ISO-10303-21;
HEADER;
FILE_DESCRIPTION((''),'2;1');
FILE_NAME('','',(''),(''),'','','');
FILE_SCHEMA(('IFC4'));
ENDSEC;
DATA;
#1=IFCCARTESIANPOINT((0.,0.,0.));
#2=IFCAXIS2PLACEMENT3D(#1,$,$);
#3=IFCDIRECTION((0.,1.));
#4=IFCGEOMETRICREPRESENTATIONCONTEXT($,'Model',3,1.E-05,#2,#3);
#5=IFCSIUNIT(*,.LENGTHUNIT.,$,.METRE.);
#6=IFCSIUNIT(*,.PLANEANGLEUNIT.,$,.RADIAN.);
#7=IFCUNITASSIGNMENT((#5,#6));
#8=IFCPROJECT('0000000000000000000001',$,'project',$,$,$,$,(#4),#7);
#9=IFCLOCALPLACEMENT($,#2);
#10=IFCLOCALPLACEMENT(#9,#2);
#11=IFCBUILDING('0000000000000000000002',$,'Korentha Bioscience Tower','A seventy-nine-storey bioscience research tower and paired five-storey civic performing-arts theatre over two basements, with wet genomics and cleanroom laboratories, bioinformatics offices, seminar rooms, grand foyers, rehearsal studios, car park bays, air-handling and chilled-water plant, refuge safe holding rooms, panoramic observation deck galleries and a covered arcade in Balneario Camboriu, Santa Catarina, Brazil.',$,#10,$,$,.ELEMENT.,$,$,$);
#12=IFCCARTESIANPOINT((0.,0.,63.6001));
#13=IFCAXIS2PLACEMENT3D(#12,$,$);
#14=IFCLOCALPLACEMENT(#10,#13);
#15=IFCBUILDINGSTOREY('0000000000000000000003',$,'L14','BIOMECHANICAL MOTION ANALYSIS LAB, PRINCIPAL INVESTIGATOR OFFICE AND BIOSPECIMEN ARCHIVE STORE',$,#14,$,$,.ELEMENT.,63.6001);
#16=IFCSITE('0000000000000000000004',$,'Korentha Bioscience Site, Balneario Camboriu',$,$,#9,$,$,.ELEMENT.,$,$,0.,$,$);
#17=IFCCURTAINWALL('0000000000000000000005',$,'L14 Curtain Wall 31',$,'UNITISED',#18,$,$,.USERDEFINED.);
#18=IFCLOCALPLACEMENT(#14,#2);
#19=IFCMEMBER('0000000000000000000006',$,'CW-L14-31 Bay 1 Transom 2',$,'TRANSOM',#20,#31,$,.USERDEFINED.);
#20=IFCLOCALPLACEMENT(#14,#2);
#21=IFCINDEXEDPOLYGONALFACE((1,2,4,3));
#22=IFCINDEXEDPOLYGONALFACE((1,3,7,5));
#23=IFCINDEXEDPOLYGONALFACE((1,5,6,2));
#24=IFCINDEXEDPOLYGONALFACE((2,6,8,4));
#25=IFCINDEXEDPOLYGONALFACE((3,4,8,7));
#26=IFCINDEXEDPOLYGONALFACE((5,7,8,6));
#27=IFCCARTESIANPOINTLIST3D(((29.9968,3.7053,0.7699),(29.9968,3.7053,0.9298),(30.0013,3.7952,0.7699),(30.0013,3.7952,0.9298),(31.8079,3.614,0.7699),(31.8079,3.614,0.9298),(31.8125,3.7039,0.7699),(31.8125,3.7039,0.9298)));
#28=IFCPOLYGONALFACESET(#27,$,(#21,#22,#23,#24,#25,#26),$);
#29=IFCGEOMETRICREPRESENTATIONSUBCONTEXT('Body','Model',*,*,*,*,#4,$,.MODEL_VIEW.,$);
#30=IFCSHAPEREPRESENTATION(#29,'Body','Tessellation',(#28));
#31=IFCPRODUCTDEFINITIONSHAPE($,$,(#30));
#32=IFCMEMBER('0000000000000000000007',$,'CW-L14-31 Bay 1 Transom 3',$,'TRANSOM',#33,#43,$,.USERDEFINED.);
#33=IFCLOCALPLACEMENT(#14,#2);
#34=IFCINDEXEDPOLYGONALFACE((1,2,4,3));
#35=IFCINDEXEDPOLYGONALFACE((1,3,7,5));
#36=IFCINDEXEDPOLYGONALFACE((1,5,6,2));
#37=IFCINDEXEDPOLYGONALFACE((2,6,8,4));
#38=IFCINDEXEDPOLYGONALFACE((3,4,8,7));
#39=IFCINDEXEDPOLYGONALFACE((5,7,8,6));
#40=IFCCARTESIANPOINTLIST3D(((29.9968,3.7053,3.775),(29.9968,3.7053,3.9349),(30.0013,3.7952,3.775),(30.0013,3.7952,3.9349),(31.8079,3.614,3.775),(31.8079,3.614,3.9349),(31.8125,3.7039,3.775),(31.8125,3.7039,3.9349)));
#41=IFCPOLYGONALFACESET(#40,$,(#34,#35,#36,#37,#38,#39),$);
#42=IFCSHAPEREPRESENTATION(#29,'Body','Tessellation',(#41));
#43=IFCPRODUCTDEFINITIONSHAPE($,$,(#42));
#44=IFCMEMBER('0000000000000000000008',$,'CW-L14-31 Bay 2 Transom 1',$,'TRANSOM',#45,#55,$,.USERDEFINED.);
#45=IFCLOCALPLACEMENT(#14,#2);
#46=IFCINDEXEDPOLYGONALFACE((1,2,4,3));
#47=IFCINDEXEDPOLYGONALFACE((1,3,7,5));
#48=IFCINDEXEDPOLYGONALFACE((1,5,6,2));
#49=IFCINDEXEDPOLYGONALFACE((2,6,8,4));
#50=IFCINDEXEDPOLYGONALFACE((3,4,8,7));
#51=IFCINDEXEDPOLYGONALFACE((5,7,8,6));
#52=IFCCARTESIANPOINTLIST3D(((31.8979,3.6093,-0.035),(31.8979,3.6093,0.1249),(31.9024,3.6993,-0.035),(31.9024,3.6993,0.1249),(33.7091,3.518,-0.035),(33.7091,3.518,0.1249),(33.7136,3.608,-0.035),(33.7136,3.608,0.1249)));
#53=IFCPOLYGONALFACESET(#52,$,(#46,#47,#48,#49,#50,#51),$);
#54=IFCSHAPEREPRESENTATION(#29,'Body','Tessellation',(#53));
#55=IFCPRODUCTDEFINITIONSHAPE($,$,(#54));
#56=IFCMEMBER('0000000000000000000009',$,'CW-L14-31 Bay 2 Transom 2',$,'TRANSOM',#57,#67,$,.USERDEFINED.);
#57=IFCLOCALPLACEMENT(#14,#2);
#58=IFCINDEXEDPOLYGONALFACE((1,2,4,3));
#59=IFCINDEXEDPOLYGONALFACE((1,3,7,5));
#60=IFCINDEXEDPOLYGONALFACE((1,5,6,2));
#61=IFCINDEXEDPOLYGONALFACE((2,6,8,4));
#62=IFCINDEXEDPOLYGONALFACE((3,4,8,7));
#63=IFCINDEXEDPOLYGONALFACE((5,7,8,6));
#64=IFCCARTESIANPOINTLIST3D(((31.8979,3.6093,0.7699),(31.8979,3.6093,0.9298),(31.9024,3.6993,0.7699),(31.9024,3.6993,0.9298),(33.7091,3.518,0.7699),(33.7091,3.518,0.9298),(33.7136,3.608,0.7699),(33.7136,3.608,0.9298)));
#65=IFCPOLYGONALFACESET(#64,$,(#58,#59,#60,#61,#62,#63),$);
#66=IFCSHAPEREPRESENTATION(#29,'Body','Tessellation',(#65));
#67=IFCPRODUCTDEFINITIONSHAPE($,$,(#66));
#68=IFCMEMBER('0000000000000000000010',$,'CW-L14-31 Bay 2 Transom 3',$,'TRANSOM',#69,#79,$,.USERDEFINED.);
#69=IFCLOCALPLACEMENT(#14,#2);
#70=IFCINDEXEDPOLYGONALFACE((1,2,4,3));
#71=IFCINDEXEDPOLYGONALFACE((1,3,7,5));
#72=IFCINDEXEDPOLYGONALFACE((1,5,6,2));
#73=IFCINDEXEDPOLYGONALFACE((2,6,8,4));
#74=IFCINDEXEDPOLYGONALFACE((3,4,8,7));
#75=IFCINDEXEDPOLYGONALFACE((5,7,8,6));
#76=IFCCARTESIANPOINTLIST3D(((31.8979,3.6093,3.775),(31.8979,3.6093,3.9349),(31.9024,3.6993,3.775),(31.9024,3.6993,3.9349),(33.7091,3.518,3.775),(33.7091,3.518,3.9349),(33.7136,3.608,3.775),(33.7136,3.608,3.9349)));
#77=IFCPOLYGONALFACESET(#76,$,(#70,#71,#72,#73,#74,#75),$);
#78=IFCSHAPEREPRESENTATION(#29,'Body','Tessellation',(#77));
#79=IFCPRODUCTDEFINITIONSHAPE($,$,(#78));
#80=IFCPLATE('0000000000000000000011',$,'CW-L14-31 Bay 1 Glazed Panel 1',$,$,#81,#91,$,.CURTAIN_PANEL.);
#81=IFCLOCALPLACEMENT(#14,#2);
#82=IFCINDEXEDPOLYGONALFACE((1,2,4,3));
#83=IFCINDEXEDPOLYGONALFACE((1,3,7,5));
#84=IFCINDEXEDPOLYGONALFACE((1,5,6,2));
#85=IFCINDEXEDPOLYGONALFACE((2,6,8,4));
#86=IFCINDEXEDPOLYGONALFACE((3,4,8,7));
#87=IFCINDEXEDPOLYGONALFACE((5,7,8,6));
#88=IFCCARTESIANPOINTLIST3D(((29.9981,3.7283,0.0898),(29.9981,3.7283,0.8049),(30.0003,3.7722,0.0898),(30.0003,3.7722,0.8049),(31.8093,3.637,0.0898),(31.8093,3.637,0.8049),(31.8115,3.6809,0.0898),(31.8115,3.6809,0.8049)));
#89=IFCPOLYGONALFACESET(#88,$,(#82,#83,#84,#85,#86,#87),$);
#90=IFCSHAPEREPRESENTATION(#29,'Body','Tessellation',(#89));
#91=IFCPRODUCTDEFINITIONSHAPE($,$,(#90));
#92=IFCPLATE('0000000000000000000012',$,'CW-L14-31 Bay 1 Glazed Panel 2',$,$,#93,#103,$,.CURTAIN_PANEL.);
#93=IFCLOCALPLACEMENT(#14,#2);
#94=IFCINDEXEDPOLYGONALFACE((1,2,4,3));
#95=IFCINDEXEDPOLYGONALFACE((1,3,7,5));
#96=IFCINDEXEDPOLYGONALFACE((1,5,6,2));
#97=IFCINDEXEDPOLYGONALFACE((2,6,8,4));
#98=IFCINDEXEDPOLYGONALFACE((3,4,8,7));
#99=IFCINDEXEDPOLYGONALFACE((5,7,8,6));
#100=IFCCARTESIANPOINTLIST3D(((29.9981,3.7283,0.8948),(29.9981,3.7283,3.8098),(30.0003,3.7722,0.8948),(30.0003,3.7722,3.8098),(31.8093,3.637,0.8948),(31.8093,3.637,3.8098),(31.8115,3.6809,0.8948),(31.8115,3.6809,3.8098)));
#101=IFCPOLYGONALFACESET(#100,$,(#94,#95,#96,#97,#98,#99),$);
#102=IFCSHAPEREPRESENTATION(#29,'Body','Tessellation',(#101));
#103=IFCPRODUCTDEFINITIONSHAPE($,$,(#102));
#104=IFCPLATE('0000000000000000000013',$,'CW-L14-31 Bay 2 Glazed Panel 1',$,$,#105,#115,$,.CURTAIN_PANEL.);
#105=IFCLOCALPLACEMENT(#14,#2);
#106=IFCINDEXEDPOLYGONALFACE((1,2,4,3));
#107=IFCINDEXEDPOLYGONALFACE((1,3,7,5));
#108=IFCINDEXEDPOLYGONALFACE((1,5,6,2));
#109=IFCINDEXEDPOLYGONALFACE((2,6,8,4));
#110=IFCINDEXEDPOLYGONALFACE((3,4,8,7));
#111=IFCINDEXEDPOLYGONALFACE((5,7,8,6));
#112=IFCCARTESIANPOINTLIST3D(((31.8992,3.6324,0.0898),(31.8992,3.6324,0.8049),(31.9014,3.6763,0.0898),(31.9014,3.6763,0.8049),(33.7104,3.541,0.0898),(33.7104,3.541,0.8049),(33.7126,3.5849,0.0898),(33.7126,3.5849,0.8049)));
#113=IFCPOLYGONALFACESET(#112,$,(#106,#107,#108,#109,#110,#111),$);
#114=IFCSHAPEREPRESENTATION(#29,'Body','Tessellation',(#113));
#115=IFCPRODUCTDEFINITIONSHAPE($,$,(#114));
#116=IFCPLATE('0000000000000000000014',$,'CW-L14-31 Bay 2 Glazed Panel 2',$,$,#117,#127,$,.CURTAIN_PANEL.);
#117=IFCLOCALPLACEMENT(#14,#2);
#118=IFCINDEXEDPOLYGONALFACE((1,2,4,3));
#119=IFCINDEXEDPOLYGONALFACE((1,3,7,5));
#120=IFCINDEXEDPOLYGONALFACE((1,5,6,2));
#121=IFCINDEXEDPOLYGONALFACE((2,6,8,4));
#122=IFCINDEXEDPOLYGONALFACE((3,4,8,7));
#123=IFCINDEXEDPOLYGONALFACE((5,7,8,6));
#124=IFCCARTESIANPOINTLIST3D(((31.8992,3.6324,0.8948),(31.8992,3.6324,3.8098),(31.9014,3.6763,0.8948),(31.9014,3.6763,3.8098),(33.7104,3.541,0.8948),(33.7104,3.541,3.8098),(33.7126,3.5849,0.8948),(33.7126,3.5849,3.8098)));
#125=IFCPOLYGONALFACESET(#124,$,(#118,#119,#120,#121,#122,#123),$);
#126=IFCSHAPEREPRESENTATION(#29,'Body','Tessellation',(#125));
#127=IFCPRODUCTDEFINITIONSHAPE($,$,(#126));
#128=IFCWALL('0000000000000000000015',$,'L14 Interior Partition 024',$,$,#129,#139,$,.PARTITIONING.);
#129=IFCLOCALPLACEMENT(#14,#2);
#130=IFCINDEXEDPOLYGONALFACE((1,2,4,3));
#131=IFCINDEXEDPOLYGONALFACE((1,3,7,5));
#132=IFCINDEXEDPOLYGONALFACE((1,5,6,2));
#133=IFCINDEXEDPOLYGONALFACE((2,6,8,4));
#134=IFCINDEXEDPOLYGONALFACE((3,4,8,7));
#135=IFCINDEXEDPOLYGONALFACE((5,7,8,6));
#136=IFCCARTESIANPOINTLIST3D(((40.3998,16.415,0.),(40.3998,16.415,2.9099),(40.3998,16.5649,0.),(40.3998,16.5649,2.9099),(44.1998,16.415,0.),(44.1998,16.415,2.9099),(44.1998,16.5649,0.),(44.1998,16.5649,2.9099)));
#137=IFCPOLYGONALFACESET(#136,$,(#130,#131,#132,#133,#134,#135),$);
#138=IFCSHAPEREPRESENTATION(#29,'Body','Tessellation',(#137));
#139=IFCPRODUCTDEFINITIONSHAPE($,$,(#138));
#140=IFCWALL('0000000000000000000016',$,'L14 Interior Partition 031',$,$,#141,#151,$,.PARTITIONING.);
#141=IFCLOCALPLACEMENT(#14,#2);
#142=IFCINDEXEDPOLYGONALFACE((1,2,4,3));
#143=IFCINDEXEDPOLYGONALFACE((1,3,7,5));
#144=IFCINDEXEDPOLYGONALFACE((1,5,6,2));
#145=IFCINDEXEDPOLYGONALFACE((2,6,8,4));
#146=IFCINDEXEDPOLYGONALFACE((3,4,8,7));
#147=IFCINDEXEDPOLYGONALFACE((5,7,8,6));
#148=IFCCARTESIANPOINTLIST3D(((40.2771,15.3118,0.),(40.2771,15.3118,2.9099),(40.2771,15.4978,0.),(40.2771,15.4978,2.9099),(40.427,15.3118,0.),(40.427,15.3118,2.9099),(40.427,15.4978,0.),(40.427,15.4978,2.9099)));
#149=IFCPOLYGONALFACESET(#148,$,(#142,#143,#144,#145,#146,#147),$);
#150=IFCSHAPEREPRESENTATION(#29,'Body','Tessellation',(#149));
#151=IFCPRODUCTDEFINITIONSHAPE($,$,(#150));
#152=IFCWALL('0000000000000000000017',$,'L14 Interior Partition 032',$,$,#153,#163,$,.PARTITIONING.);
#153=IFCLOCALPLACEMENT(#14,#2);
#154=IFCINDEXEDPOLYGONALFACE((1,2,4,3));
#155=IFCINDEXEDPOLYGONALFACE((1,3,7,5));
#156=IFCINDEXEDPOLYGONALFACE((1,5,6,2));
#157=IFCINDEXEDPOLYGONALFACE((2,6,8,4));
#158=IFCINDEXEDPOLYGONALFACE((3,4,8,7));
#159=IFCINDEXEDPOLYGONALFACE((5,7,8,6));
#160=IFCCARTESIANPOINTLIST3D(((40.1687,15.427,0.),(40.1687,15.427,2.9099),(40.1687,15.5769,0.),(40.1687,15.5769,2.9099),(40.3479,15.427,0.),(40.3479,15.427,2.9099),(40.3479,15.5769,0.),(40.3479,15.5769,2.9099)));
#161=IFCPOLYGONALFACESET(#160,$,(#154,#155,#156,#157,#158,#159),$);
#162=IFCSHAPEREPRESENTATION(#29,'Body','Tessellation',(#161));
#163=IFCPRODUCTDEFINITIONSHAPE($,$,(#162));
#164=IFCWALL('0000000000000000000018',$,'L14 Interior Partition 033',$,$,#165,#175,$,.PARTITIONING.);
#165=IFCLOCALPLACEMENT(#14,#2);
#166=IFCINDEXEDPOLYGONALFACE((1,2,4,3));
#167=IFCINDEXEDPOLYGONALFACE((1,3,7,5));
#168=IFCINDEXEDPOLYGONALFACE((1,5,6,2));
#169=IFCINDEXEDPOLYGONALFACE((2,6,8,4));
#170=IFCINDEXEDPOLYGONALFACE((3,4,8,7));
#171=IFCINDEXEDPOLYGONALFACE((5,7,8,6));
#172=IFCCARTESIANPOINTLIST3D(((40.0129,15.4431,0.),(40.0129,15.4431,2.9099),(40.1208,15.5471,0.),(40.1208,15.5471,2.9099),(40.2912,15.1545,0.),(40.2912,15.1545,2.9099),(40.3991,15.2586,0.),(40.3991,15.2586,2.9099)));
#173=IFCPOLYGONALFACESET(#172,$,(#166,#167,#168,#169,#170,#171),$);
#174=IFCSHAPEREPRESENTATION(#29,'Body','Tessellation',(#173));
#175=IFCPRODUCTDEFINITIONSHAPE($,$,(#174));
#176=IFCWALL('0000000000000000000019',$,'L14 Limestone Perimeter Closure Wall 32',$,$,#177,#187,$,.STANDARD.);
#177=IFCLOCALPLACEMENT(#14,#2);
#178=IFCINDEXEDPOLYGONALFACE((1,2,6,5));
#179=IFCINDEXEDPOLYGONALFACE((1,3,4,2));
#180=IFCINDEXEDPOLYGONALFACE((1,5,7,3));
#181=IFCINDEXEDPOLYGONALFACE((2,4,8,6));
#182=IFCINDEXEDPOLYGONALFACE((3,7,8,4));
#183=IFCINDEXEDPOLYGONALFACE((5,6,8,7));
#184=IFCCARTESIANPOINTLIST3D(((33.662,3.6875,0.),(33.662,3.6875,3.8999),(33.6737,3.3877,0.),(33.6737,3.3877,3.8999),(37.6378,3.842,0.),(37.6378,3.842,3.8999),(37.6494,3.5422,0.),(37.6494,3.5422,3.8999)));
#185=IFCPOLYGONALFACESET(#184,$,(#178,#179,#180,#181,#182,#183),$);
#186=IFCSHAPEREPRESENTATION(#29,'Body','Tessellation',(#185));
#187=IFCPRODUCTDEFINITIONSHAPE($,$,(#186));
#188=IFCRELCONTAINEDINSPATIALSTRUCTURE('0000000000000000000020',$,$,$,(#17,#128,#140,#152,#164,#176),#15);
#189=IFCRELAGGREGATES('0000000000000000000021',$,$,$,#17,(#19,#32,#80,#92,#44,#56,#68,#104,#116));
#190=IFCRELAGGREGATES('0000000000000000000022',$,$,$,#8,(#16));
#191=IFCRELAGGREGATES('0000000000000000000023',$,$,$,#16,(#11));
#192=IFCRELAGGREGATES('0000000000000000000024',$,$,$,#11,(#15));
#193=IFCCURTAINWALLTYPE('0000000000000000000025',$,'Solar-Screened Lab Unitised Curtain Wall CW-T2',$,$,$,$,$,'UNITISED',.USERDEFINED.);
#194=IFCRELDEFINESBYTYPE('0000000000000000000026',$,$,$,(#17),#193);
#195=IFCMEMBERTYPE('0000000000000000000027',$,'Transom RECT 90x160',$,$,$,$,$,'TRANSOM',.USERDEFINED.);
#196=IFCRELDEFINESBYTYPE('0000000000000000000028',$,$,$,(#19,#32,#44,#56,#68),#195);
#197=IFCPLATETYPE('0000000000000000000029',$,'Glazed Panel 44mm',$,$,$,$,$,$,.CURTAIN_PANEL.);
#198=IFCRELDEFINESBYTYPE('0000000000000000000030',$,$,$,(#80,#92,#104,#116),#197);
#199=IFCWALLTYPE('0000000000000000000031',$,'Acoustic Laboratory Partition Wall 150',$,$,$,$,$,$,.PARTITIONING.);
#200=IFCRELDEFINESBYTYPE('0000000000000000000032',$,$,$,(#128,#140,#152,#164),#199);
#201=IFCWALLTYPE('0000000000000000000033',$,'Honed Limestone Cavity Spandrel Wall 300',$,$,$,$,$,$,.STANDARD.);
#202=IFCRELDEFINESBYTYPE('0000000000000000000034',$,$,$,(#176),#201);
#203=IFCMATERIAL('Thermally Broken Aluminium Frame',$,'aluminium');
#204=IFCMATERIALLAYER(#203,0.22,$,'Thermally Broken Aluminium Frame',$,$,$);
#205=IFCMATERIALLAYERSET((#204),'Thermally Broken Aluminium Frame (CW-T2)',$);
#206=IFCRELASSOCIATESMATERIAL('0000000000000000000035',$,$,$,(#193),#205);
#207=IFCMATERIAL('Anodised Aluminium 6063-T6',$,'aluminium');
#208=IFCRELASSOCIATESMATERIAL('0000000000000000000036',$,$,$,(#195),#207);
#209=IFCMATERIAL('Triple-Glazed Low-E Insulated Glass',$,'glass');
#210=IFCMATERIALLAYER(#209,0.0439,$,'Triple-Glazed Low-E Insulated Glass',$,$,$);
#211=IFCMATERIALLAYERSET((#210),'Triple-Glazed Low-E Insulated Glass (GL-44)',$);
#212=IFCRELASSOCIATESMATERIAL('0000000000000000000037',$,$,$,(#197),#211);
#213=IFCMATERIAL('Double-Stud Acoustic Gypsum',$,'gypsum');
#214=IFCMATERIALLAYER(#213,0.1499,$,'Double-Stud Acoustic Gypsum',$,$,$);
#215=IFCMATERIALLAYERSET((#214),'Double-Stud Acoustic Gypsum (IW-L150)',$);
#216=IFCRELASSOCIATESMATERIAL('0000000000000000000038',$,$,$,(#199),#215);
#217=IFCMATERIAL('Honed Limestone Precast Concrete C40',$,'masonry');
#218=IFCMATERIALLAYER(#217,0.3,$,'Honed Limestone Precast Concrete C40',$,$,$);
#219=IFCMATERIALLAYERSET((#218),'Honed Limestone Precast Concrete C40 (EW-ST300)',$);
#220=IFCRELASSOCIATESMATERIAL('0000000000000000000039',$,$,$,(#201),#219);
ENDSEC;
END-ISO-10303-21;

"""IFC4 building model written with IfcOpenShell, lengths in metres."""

from ifc_helpers import new_model, si_unit, direction, frame, frame_2d, origin, origin_2d, place, context, subcontext, project, spatial, rectangle, extrude, material, layer, layer_set, material_profile, profile_set, type_object, element, aggregate, save


model = new_model("IFC4")

# Units and contexts
model_context = context("Model", 3, precision=1e-05, world=origin(), true_north=direction((0.0, 1.0)))
body_context = subcontext(model_context, "Body", "Model", "MODEL_VIEW")
ifc_project = project(units=[si_unit("LENGTHUNIT", "METRE"), si_unit("PLANEANGLEUNIT", "RADIAN")], contexts=[model_context])

# Site, building, storey
site_placement = place(None, origin())
site = spatial("IfcSite", under=ifc_project, at=site_placement, Name="Korentha Bioscience Site, Balneario Camboriu", CompositionType="ELEMENT", RefElevation=0.0)
building_placement = place(site_placement, origin())
building = spatial("IfcBuilding", under=site, at=building_placement, Name="Korentha Bioscience Tower", Description="A seventy-nine-storey bioscience research tower and paired five-storey civic performing-arts theatre over two basements, with wet genomics and cleanroom laboratories, bioinformatics offices, seminar rooms, grand foyers, rehearsal studios, car park bays, air-handling and chilled-water plant, refuge safe holding rooms, panoramic observation deck galleries and a covered arcade in Balneario Camboriu, Santa Catarina, Brazil.", CompositionType="ELEMENT")
storey_placement = place(building_placement, frame((0.0, 0.0, 63.6001)))
storey = spatial("IfcBuildingStorey", under=building, at=storey_placement, Name="L14", Description="BIOMECHANICAL MOTION ANALYSIS LAB, PRINCIPAL INVESTIGATOR OFFICE AND BIOSPECIMEN ARCHIVE STORE", CompositionType="ELEMENT", Elevation=63.6001)

# Curtain wall
ifc_material_1 = material(Name="Thermally Broken Aluminium Frame", Category="aluminium")
ifc_layer_1 = layer(ifc_material_1, 0.22, Name="Thermally Broken Aluminium Frame")
ifc_layer_set_1 = layer_set([ifc_layer_1], Name="Thermally Broken Aluminium Frame (CW-T2)")
curtain_wall_type = type_object("IfcCurtainWallType", Name="Solar-Screened Lab Unitised Curtain Wall CW-T2", ElementType="UNITISED", PredefinedType="USERDEFINED", material=ifc_layer_set_1)
curtain_wall_placement = place(storey_placement, origin())
curtain_wall = element("IfcCurtainWall", 1, at=curtain_wall_placement, inside=storey, type_object=curtain_wall_type, Name="L14 Curtain Wall 31", ObjectType="UNITISED", PredefinedType="USERDEFINED")
ifc_material_2 = material(Name="Anodised Aluminium 6063-T6", Category="aluminium")

# Members
ifc_material_profile_1 = material_profile(ifc_material_2, rectangle(XDim=0.0901, YDim=0.1599, at=origin_2d()), Name="Anodised Aluminium 6063-T6")
ifc_profile_set_1 = profile_set([ifc_material_profile_1], Name="Anodised Aluminium 6063-T6 (CW-TRN)")
member_type_1 = type_object("IfcMemberType", Name="Transom RECT 90x160", ElementType="TRANSOM", PredefinedType="USERDEFINED", material=ifc_profile_set_1)
member_1_placement = place(storey_placement, frame((29.999, 3.7502, 0.8499), z_axis=(0.998732, -0.050347, 0.0), x_axis=(0.050347, 0.998732, 0.0)))
member_1 = element("IfcMember", 2, at=member_1_placement, type_object=member_type_1, Name="CW-L14-31 Bay 1 Transom 2", ObjectType="TRANSOM", PredefinedType="USERDEFINED", context=body_context, shape_type="SweptSolid", body=[
    extrude(rectangle(XDim=0.0901, YDim=0.1599, at=origin_2d()), origin(), (0.0, 0.0, 1.0), 1.8135),
])
member_2_placement = place(storey_placement, frame((29.999, 3.7502, 3.855), z_axis=(0.998732, -0.050347, 0.0), x_axis=(0.050347, 0.998732, 0.0)))
member_2 = element("IfcMember", 3, at=member_2_placement, type_object=member_type_1, Name="CW-L14-31 Bay 1 Transom 3", ObjectType="TRANSOM", PredefinedType="USERDEFINED", context=body_context, shape_type="SweptSolid", body=[
    extrude(rectangle(XDim=0.0901, YDim=0.1599, at=origin_2d()), origin(), (0.0, 0.0, 1.0), 1.8135),
])
member_3_placement = place(storey_placement, frame((31.9001, 3.6543, 0.0449), z_axis=(0.998732, -0.050347, 0.0), x_axis=(0.050347, 0.998732, 0.0)))
member_3 = element("IfcMember", 4, at=member_3_placement, type_object=member_type_1, Name="CW-L14-31 Bay 2 Transom 1", ObjectType="TRANSOM", PredefinedType="USERDEFINED", context=body_context, shape_type="SweptSolid", body=[
    extrude(rectangle(XDim=0.0901, YDim=0.1599, at=origin_2d()), origin(), (0.0, 0.0, 1.0), 1.8135),
])
member_4_placement = place(storey_placement, frame((31.9001, 3.6543, 0.8499), z_axis=(0.998732, -0.050347, 0.0), x_axis=(0.050347, 0.998732, 0.0)))
member_4 = element("IfcMember", 5, at=member_4_placement, type_object=member_type_1, Name="CW-L14-31 Bay 2 Transom 2", ObjectType="TRANSOM", PredefinedType="USERDEFINED", context=body_context, shape_type="SweptSolid", body=[
    extrude(rectangle(XDim=0.0901, YDim=0.1599, at=origin_2d()), origin(), (0.0, 0.0, 1.0), 1.8135),
])
member_5_placement = place(storey_placement, frame((31.9001, 3.6543, 3.855), z_axis=(0.998732, -0.050347, 0.0), x_axis=(0.050347, 0.998732, 0.0)))
member_5 = element("IfcMember", 6, at=member_5_placement, type_object=member_type_1, Name="CW-L14-31 Bay 2 Transom 3", ObjectType="TRANSOM", PredefinedType="USERDEFINED", context=body_context, shape_type="SweptSolid", body=[
    extrude(rectangle(XDim=0.0901, YDim=0.1599, at=origin_2d()), origin(), (0.0, 0.0, 1.0), 1.8135),
])

# Plates
ifc_material_3 = material(Name="Triple-Glazed Low-E Insulated Glass", Category="glass")
ifc_layer_2 = layer(ifc_material_3, 0.0439, Name="Triple-Glazed Low-E Insulated Glass")
ifc_layer_set_2 = layer_set([ifc_layer_2], Name="Triple-Glazed Low-E Insulated Glass (GL-44)")
plate_type = type_object("IfcPlateType", Name="Glazed Panel 44mm", PredefinedType="CURTAIN_PANEL", material=ifc_layer_set_2)
plate_1_placement = place(storey_placement, frame((30.9048, 3.7046, 0.0898), z_axis=(0.0, 0.0, 1.0), x_axis=(0.998731, -0.050371, 0.0)))
plate_1 = element("IfcPlate", 7, at=plate_1_placement, type_object=plate_type, Name="CW-L14-31 Bay 1 Glazed Panel 1", PredefinedType="CURTAIN_PANEL", context=body_context, shape_type="SweptSolid", body=[
    extrude(rectangle(XDim=1.8135, YDim=0.0439, at=origin_2d()), origin(), (0.0, 0.0, 1.0), 0.7151),
])
plate_2_placement = place(storey_placement, frame((30.9048, 3.7046, 0.8948), z_axis=(0.0, 0.0, 1.0), x_axis=(0.998731, -0.050371, 0.0)))
plate_2 = element("IfcPlate", 8, at=plate_2_placement, type_object=plate_type, Name="CW-L14-31 Bay 1 Glazed Panel 2", PredefinedType="CURTAIN_PANEL", context=body_context, shape_type="SweptSolid", body=[
    extrude(rectangle(XDim=1.8135, YDim=0.0439, at=origin_2d()), origin(), (0.0, 0.0, 1.0), 2.915),
])
plate_3_placement = place(storey_placement, frame((32.8059, 3.6086, 0.0898), z_axis=(0.0, 0.0, 1.0), x_axis=(0.998731, -0.050371, 0.0)))
plate_3 = element("IfcPlate", 9, at=plate_3_placement, type_object=plate_type, Name="CW-L14-31 Bay 2 Glazed Panel 1", PredefinedType="CURTAIN_PANEL", context=body_context, shape_type="SweptSolid", body=[
    extrude(rectangle(XDim=1.8135, YDim=0.0439, at=origin_2d()), origin(), (0.0, 0.0, 1.0), 0.7151),
])
plate_4_placement = place(storey_placement, frame((32.8059, 3.6086, 0.8948), z_axis=(0.0, 0.0, 1.0), x_axis=(0.998731, -0.050371, 0.0)))
plate_4 = element("IfcPlate", 10, at=plate_4_placement, type_object=plate_type, Name="CW-L14-31 Bay 2 Glazed Panel 2", PredefinedType="CURTAIN_PANEL", context=body_context, shape_type="SweptSolid", body=[
    extrude(rectangle(XDim=1.8135, YDim=0.0439, at=origin_2d()), origin(), (0.0, 0.0, 1.0), 2.915),
])
aggregate(curtain_wall, [member_1, member_2, plate_1, plate_2, member_3, member_4, member_5, plate_3, plate_4])

# Walls
ifc_material_4 = material(Name="Double-Stud Acoustic Gypsum", Category="gypsum")
ifc_layer_3 = layer(ifc_material_4, 0.1499, Name="Double-Stud Acoustic Gypsum")
ifc_layer_set_3 = layer_set([ifc_layer_3], Name="Double-Stud Acoustic Gypsum (IW-L150)")
wall_type_1 = type_object("IfcWallType", Name="Acoustic Laboratory Partition Wall 150", PredefinedType="PARTITIONING", material=ifc_layer_set_3)
wall_1_placement = place(storey_placement, frame((40.3999, 16.49, 0.0), z_axis=(0.0, 0.0, 1.0), x_axis=(1.0, 0.0, 0.0)))
element("IfcWall", 11, at=wall_1_placement, inside=storey, type_object=wall_type_1, Name="L14 Interior Partition 024", PredefinedType="PARTITIONING", context=body_context, shape_type="SweptSolid", body=[
    extrude(rectangle(XDim=3.8, YDim=0.1499, at=frame_2d((1.8999, 0.0))), origin(), (0.0, 0.0, 1.0), 2.9099),
])
wall_2_placement = place(storey_placement, frame((40.3521, 15.3118, 0.0), z_axis=(0.0, 0.0, 1.0), x_axis=(0.0, 1.0, 0.0)))
element("IfcWall", 12, at=wall_2_placement, inside=storey, type_object=wall_type_1, Name="L14 Interior Partition 031", PredefinedType="PARTITIONING", context=body_context, shape_type="SweptSolid", body=[
    extrude(rectangle(XDim=0.186, YDim=0.1499, at=frame_2d((0.093, 0.0))), origin(), (0.0, 0.0, 1.0), 2.9099),
])
wall_3_placement = place(storey_placement, frame((40.3479, 15.502, 0.0), z_axis=(0.0, 0.0, 1.0), x_axis=(-1.0, 0.0, 0.0)))
element("IfcWall", 13, at=wall_3_placement, inside=storey, type_object=wall_type_1, Name="L14 Interior Partition 032", PredefinedType="PARTITIONING", context=body_context, shape_type="SweptSolid", body=[
    extrude(rectangle(XDim=0.1792, YDim=0.1499, at=frame_2d((0.0896, 0.0))), origin(), (0.0, 0.0, 1.0), 2.9099),
])
wall_4_placement = place(storey_placement, frame((40.0669, 15.4951, 0.0), z_axis=(0.0, 0.0, 1.0), x_axis=(0.694203, -0.719779, 0.0)))
element("IfcWall", 14, at=wall_4_placement, inside=storey, type_object=wall_type_1, Name="L14 Interior Partition 033", PredefinedType="PARTITIONING", context=body_context, shape_type="SweptSolid", body=[
    extrude(rectangle(XDim=0.4009, YDim=0.1499, at=frame_2d((0.2004, 0.0))), origin(), (0.0, 0.0, 1.0), 2.9099),
])
ifc_material_5 = material(Name="Honed Limestone Precast Concrete C40", Category="masonry")
ifc_layer_4 = layer(ifc_material_5, 0.3, Name="Honed Limestone Precast Concrete C40")
ifc_layer_set_4 = layer_set([ifc_layer_4], Name="Honed Limestone Precast Concrete C40 (EW-ST300)")
wall_type_2 = type_object("IfcWallType", Name="Honed Limestone Cavity Spandrel Wall 300", PredefinedType="STANDARD", material=ifc_layer_set_4)
wall_5_placement = place(storey_placement, frame((33.668, 3.5376, 0.0), z_axis=(0.0, 0.0, 1.0), x_axis=(0.999245, 0.038841, 0.0)))
element("IfcWall", 15, at=wall_5_placement, inside=storey, type_object=wall_type_2, Name="L14 Limestone Perimeter Closure Wall 32", PredefinedType="STANDARD", context=body_context, shape_type="SweptSolid", body=[
    extrude(rectangle(XDim=3.9788, YDim=0.3, at=frame_2d((1.9893, 0.0))), origin(), (0.0, 0.0, 1.0), 3.8999),
])

save(model, "model.ifc")
